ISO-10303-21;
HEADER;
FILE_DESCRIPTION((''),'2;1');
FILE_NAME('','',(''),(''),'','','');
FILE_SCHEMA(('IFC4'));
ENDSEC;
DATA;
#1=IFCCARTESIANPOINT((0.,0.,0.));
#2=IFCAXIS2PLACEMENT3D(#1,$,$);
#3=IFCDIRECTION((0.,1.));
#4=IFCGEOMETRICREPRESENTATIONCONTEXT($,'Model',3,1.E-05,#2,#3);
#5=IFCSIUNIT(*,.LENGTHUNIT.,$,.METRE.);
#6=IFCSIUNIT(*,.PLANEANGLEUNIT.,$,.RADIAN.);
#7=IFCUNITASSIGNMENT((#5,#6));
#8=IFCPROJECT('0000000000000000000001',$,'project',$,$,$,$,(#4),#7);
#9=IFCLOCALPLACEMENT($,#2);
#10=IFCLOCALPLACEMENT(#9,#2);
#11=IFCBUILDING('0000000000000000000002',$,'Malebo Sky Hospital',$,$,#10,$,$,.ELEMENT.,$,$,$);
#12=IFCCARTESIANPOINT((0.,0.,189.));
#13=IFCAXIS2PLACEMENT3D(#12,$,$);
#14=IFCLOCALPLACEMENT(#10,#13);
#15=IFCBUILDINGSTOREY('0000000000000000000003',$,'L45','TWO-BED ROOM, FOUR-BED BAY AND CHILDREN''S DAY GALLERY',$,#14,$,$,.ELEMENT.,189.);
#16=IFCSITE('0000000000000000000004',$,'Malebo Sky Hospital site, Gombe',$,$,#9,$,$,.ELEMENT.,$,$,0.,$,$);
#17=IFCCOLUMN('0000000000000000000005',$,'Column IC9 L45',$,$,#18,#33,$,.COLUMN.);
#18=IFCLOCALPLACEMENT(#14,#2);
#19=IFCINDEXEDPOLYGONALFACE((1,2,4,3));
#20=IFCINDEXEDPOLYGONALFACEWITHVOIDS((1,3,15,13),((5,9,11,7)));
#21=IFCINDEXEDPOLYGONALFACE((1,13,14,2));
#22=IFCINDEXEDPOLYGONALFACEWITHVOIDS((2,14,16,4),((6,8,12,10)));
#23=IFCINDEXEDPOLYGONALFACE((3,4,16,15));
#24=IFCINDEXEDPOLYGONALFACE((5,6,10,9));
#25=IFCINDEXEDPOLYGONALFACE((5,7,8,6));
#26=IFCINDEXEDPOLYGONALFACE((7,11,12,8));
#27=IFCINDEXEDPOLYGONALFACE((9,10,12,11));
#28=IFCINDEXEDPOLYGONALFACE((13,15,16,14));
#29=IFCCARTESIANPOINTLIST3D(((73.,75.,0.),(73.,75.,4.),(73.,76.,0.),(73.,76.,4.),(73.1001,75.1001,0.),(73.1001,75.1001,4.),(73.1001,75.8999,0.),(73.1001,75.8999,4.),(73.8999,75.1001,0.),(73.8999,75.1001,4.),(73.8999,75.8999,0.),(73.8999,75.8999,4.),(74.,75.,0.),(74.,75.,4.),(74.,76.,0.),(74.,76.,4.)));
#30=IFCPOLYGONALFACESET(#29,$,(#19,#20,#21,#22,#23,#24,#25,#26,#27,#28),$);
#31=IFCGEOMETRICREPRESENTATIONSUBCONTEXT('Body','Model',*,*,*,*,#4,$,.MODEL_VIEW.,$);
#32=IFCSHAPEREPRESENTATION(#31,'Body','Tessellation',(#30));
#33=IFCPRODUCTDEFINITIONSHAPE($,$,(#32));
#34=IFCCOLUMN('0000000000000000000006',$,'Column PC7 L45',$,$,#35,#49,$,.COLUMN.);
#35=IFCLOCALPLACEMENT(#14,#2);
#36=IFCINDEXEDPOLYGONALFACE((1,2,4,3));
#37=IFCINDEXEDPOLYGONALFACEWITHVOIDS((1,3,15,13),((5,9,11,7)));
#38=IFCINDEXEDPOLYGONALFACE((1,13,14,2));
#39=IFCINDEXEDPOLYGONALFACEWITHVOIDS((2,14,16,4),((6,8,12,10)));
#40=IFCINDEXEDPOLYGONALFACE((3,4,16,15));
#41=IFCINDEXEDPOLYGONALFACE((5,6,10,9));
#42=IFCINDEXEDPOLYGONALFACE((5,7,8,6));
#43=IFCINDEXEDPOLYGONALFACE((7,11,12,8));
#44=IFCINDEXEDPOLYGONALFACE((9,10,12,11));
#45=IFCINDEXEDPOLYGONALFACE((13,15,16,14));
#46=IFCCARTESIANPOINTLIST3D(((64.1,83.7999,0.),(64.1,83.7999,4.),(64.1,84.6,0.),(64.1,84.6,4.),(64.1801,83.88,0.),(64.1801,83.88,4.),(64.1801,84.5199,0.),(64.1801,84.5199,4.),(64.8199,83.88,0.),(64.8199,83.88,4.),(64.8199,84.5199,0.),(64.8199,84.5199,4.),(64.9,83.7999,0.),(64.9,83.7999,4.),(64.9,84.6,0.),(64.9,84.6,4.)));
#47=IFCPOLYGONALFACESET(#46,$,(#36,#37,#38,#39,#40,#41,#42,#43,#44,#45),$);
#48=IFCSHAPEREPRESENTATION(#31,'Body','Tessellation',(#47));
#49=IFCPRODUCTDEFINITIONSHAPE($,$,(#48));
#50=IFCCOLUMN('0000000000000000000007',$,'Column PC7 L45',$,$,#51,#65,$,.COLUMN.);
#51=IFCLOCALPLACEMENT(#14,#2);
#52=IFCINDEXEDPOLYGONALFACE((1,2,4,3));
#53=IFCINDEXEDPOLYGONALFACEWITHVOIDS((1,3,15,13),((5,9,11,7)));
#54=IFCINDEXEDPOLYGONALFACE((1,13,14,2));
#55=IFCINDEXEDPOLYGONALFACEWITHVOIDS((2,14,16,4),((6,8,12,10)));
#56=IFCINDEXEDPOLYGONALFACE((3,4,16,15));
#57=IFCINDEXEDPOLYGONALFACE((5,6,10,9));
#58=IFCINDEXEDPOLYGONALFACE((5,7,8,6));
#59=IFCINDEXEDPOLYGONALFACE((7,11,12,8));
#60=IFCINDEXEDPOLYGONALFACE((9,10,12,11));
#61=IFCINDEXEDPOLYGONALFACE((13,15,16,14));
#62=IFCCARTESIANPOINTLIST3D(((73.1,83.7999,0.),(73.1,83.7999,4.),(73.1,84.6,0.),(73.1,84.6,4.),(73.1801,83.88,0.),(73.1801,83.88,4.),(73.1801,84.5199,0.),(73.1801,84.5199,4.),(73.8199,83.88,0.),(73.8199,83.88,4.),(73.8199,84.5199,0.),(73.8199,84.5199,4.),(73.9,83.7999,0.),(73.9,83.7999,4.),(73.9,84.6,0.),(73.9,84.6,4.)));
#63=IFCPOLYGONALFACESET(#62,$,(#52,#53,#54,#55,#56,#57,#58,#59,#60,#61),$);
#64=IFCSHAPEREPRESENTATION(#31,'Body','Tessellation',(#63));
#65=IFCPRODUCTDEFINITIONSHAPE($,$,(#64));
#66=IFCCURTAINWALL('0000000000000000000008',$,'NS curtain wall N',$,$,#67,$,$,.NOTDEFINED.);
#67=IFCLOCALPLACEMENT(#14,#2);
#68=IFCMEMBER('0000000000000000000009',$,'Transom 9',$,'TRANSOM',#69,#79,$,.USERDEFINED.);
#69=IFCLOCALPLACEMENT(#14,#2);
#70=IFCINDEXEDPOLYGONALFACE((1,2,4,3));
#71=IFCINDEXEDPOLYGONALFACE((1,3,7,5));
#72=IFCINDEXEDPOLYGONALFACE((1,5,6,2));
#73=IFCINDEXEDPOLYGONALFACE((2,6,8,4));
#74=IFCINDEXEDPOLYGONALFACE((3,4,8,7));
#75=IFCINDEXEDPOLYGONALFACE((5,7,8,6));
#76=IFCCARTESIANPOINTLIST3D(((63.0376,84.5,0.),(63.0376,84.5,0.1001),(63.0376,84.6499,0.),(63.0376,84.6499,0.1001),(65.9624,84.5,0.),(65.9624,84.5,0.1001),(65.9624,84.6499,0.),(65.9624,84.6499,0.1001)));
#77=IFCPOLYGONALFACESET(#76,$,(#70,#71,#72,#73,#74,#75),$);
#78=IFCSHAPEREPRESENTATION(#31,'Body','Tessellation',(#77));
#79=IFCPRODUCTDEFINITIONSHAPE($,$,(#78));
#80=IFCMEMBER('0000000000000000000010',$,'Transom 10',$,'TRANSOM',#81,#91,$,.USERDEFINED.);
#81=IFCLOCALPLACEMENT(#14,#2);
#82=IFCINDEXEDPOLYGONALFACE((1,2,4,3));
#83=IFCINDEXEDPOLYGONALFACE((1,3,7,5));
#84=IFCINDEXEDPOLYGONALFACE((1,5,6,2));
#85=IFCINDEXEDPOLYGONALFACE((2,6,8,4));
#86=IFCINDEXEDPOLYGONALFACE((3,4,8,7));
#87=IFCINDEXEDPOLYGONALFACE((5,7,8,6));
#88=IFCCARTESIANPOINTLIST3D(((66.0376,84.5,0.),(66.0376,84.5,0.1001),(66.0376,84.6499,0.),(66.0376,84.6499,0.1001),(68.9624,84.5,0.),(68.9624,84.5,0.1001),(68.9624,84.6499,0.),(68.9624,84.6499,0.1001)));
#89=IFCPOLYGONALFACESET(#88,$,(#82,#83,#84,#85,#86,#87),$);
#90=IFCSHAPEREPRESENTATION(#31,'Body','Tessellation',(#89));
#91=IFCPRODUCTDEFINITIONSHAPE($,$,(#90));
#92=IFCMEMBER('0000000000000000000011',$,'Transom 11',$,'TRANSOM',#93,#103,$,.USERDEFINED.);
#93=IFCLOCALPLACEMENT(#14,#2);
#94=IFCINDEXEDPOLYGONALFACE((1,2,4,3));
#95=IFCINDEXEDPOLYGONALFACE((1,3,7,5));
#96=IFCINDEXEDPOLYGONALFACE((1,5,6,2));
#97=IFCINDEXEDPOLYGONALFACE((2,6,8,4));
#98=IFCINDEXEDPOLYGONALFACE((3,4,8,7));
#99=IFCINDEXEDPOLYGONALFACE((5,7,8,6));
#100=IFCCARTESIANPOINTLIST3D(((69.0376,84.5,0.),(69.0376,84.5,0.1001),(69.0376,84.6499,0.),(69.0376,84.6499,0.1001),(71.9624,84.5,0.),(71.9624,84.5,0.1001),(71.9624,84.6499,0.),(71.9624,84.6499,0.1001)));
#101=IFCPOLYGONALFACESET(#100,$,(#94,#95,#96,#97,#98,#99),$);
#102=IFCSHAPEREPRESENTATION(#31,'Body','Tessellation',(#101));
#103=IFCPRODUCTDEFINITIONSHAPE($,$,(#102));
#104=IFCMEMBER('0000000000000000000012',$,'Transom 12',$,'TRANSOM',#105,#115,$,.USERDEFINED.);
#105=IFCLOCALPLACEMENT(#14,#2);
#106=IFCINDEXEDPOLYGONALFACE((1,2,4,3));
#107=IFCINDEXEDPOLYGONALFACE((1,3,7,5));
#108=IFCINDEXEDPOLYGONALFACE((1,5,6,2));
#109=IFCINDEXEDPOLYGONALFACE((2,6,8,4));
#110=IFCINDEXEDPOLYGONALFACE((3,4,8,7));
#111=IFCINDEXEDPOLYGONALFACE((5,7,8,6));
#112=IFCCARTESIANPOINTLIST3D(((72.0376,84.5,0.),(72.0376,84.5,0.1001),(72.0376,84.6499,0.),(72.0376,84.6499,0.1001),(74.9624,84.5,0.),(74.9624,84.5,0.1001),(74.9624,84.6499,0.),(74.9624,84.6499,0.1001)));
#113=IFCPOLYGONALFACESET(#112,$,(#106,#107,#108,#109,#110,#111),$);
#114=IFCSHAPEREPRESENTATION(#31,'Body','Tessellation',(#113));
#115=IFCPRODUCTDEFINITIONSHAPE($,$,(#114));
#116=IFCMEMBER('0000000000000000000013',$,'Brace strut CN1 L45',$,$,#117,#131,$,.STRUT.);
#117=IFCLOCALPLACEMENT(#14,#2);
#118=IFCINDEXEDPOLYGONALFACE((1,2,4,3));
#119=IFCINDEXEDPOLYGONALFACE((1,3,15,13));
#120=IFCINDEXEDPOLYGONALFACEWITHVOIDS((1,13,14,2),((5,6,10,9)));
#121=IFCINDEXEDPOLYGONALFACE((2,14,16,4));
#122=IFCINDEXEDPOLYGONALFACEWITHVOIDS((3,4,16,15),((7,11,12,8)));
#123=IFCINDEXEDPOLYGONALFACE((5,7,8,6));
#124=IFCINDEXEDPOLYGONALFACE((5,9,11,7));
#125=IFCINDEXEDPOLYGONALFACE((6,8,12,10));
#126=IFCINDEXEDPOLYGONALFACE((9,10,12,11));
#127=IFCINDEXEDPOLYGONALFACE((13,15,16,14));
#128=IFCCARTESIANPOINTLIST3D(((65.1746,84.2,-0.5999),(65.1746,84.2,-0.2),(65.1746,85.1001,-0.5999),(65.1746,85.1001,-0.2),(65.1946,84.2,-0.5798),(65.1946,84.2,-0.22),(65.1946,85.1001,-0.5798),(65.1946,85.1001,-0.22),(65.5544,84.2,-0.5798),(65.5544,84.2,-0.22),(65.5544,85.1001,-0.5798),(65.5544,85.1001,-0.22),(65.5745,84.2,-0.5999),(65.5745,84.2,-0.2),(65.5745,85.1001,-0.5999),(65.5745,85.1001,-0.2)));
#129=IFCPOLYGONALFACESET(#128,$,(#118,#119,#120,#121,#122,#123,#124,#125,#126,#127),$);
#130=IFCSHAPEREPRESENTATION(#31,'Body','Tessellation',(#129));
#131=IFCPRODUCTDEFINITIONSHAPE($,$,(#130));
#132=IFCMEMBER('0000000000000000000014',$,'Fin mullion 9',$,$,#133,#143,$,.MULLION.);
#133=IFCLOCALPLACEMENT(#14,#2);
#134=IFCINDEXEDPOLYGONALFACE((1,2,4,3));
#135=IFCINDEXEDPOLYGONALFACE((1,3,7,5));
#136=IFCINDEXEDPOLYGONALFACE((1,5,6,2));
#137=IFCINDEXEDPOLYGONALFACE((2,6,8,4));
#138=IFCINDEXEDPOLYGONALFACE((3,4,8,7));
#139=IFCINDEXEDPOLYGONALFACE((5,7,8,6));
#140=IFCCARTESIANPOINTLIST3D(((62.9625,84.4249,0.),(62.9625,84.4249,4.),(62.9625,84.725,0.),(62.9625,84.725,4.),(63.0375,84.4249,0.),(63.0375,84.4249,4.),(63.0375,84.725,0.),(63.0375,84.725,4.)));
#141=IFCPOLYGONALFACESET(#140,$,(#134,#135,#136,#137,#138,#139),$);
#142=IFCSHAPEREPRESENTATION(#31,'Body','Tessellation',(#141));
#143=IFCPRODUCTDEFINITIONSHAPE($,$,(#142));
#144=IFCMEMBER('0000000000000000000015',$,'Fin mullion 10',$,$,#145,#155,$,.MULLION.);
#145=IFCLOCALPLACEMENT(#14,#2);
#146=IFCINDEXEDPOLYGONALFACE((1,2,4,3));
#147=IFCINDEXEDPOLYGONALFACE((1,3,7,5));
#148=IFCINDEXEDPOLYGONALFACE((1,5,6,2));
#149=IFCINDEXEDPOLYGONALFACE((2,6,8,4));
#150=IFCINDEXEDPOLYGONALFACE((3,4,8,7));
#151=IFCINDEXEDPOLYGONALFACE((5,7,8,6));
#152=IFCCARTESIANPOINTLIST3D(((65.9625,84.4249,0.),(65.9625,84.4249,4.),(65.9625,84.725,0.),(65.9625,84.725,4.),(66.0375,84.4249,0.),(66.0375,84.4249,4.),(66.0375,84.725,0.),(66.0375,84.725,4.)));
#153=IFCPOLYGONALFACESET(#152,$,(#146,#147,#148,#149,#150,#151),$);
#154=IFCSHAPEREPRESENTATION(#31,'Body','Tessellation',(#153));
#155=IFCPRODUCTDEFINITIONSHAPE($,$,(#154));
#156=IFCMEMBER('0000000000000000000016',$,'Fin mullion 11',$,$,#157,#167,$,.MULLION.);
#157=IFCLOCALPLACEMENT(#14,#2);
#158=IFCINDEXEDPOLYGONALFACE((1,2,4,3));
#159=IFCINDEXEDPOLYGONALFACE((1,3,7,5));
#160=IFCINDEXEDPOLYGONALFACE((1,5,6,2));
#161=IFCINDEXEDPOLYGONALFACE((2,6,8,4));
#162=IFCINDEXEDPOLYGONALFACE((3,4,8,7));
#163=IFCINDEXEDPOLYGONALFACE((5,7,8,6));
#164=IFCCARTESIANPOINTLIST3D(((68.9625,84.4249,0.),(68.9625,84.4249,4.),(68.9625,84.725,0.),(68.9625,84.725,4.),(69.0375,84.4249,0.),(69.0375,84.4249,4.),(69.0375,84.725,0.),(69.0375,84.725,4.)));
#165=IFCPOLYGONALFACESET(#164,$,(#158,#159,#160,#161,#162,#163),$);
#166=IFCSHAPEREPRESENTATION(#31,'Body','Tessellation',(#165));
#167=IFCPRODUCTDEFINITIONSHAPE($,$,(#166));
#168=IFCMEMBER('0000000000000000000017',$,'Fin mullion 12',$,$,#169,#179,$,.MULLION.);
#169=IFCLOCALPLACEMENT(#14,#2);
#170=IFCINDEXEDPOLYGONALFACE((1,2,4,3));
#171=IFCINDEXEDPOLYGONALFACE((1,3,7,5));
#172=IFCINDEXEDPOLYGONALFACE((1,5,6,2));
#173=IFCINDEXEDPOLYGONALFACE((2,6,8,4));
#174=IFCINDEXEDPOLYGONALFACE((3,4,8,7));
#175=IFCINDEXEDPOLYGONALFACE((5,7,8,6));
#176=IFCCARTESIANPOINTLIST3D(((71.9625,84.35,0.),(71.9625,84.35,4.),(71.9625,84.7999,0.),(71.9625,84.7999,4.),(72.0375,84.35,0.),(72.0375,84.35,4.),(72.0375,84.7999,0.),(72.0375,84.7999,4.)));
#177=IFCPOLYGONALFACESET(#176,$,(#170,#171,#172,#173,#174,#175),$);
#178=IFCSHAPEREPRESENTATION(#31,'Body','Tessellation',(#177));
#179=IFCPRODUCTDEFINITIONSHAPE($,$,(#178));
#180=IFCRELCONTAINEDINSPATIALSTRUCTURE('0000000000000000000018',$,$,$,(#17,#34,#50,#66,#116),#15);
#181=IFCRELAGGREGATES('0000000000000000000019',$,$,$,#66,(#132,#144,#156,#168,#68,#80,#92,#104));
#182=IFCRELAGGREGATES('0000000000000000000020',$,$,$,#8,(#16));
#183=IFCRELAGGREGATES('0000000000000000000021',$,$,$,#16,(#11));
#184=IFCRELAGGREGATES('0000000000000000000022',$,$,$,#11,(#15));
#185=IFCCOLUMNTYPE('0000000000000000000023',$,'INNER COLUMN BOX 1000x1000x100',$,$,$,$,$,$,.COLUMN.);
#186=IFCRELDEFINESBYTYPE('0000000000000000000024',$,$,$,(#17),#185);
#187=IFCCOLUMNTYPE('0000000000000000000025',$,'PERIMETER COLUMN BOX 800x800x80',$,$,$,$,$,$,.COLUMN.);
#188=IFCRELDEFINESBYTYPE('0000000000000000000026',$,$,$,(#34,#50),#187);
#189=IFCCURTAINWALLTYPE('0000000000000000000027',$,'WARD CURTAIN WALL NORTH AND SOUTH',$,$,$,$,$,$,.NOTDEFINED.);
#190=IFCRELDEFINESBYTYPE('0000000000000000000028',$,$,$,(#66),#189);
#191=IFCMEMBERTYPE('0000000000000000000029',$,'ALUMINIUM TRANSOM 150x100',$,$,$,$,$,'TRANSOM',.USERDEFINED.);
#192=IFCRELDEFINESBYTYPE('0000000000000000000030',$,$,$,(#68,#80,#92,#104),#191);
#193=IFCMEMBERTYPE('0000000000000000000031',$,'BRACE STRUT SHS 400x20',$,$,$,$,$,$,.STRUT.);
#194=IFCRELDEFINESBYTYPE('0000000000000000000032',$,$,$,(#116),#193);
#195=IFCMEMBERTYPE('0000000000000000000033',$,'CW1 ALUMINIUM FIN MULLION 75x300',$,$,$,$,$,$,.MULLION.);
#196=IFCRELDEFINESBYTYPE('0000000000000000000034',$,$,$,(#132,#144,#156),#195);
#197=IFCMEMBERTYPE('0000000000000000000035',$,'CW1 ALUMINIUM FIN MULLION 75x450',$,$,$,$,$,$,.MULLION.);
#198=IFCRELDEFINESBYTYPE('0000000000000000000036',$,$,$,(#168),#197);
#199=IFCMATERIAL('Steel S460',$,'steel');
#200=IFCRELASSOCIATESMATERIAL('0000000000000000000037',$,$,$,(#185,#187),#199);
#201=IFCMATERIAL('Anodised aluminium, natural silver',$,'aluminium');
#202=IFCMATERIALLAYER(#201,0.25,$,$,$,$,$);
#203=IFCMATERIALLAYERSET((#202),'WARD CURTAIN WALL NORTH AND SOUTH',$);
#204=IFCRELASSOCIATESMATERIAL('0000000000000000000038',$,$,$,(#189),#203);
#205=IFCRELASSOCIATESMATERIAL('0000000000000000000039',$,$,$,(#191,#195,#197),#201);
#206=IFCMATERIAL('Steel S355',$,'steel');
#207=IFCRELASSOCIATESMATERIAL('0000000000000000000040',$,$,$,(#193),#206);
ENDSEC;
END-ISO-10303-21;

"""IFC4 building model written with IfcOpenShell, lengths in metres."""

from ifc_helpers import new_model, si_unit, direction, frame, origin, origin_2d, place, context, subcontext, project, spatial, rectangle, hollow_rectangle, extrude, material, layer, layer_set, material_profile, profile_set, type_object, element, aggregate, save


model = new_model("IFC4")

# Units and contexts
model_context = context("Model", 3, precision=1e-05, world=origin(), true_north=direction((0.0, 1.0)))
body_context = subcontext(model_context, "Body", "Model", "MODEL_VIEW")
ifc_project = project(units=[si_unit("LENGTHUNIT", "METRE"), si_unit("PLANEANGLEUNIT", "RADIAN")], contexts=[model_context])

# Site, building, storey
site_placement = place(None, origin())
site = spatial("IfcSite", under=ifc_project, at=site_placement, Name="Malebo Sky Hospital site, Gombe", CompositionType="ELEMENT", RefElevation=0.0)
building_placement = place(site_placement, origin())
building = spatial("IfcBuilding", under=site, at=building_placement, Name="Malebo Sky Hospital", CompositionType="ELEMENT")
storey_placement = place(building_placement, frame((0.0, 0.0, 189.0)))
storey = spatial("IfcBuildingStorey", under=building, at=storey_placement, Name="L45", Description="TWO-BED ROOM, FOUR-BED BAY AND CHILDREN'S DAY GALLERY", CompositionType="ELEMENT", Elevation=189.0)

# Columns
ifc_material_1 = material(Name="Steel S460", Category="steel")
ifc_material_profile_1 = material_profile(ifc_material_1, hollow_rectangle(XDim=1.0, YDim=1.0, WallThickness=0.1001, at=origin_2d()), Name="BOX 1000x1000x100")
ifc_profile_set_1 = profile_set([ifc_material_profile_1], Name="Steel S460")
column_type_1 = type_object("IfcColumnType", Name="INNER COLUMN BOX 1000x1000x100", PredefinedType="COLUMN", material=ifc_profile_set_1)
column_placement = place(storey_placement, frame((73.5, 75.5, 0.0), z_axis=(0.0, 0.0, 1.0), x_axis=(1.0, 0.0, 0.0)))
element("IfcColumn", 1, at=column_placement, inside=storey, type_object=column_type_1, Name="Column IC9 L45", PredefinedType="COLUMN", context=body_context, shape_type="SweptSolid", body=[
    extrude(hollow_rectangle(XDim=1.0, YDim=1.0, WallThickness=0.1001, at=origin_2d()), origin(), (0.0, 0.0, 1.0), 4.0),
])
ifc_material_profile_2 = material_profile(ifc_material_1, hollow_rectangle(XDim=0.8, YDim=0.8, WallThickness=0.0801, at=origin_2d()), Name="BOX 800x800x80")
ifc_profile_set_2 = profile_set([ifc_material_profile_2], Name="Steel S460")
column_type_2 = type_object("IfcColumnType", Name="PERIMETER COLUMN BOX 800x800x80", PredefinedType="COLUMN", material=ifc_profile_set_2)
for number, where, z_axis, x_axis, name in (
    (2, (64.5, 84.2, 0.0), (0.0, 0.0, 1.0), (1.0, 0.0, 0.0), "Column PC7 L45"),
    (3, (73.5, 84.2, 0.0), (0.0, 0.0, 1.0), (1.0, 0.0, 0.0), "Column PC7 L45"),
):
    element("IfcColumn", number, at=place(storey_placement, frame(where, z_axis=z_axis, x_axis=x_axis)), inside=storey, type_object=column_type_2, Name=name, PredefinedType="COLUMN", context=body_context, shape_type="SweptSolid", body=[
        extrude(hollow_rectangle(XDim=0.8, YDim=0.8, WallThickness=0.0801, at=origin_2d()), origin(), (0.0, 0.0, 1.0), 4.0),
    ])

# Curtain wall, members
ifc_material_2 = material(Name="Anodised aluminium, natural silver", Category="aluminium")
ifc_layer_1 = layer(ifc_material_2, 0.25)
ifc_layer_set_1 = layer_set([ifc_layer_1], Name="WARD CURTAIN WALL NORTH AND SOUTH")
curtain_wall_type = type_object("IfcCurtainWallType", Name="WARD CURTAIN WALL NORTH AND SOUTH", PredefinedType="NOTDEFINED", material=ifc_layer_set_1)
curtain_wall_placement = place(storey_placement, origin())
curtain_wall = element("IfcCurtainWall", 4, at=curtain_wall_placement, inside=storey, type_object=curtain_wall_type, Name="NS curtain wall N", PredefinedType="NOTDEFINED")
ifc_material_profile_3 = material_profile(ifc_material_2, rectangle(XDim=0.1499, YDim=0.1001, at=origin_2d()), Name="ALUMINIUM TRANSOM 150x100")
ifc_profile_set_3 = profile_set([ifc_material_profile_3], Name="Anodised aluminium, natural silver")
member_type_1 = type_object("IfcMemberType", Name="ALUMINIUM TRANSOM 150x100", ElementType="TRANSOM", PredefinedType="USERDEFINED", material=ifc_profile_set_3)
member_1_placement = place(storey_placement, frame((63.0376, 84.575, 0.05), z_axis=(1.0, 0.0, 0.0), x_axis=(0.0, 1.0, 0.0)))
member_1 = element("IfcMember", 5, at=member_1_placement, type_object=member_type_1, Name="Transom 9", ObjectType="TRANSOM", PredefinedType="USERDEFINED", context=body_context, shape_type="SweptSolid", body=[
    extrude(rectangle(XDim=0.1499, YDim=0.1001, at=origin_2d()), origin(), (0.0, 0.0, 1.0), 2.9248),
])
member_2_placement = place(storey_placement, frame((66.0376, 84.575, 0.05), z_axis=(1.0, 0.0, 0.0), x_axis=(0.0, 1.0, 0.0)))
member_2 = element("IfcMember", 6, at=member_2_placement, type_object=member_type_1, Name="Transom 10", ObjectType="TRANSOM", PredefinedType="USERDEFINED", context=body_context, shape_type="SweptSolid", body=[
    extrude(rectangle(XDim=0.1499, YDim=0.1001, at=origin_2d()), origin(), (0.0, 0.0, 1.0), 2.9248),
])
member_3_placement = place(storey_placement, frame((69.0376, 84.575, 0.05), z_axis=(1.0, 0.0, 0.0), x_axis=(0.0, 1.0, 0.0)))
member_3 = element("IfcMember", 7, at=member_3_placement, type_object=member_type_1, Name="Transom 11", ObjectType="TRANSOM", PredefinedType="USERDEFINED", context=body_context, shape_type="SweptSolid", body=[
    extrude(rectangle(XDim=0.1499, YDim=0.1001, at=origin_2d()), origin(), (0.0, 0.0, 1.0), 2.9248),
])
member_4_placement = place(storey_placement, frame((72.0376, 84.575, 0.05), z_axis=(1.0, 0.0, 0.0), x_axis=(0.0, 1.0, 0.0)))
member_4 = element("IfcMember", 8, at=member_4_placement, type_object=member_type_1, Name="Transom 12", ObjectType="TRANSOM", PredefinedType="USERDEFINED", context=body_context, shape_type="SweptSolid", body=[
    extrude(rectangle(XDim=0.1499, YDim=0.1001, at=origin_2d()), origin(), (0.0, 0.0, 1.0), 2.9248),
])

# Members
ifc_material_3 = material(Name="Steel S355", Category="steel")
ifc_material_profile_4 = material_profile(ifc_material_3, hollow_rectangle(XDim=0.3999, YDim=0.3999, WallThickness=0.02, at=origin_2d()), Name="SHS 400x20")
ifc_profile_set_4 = profile_set([ifc_material_profile_4], Name="Steel S355")
member_type_2 = type_object("IfcMemberType", Name="BRACE STRUT SHS 400x20", PredefinedType="STRUT", material=ifc_profile_set_4)
member_5_placement = place(storey_placement, frame((65.3745, 85.1001, -0.3999), z_axis=(0.0, -1.0, 0.0), x_axis=(1.0, 0.0, 0.0)))
element("IfcMember", 9, at=member_5_placement, inside=storey, type_object=member_type_2, Name="Brace strut CN1 L45", PredefinedType="STRUT", context=body_context, shape_type="SweptSolid", body=[
    extrude(hollow_rectangle(XDim=0.3999, YDim=0.3999, WallThickness=0.02, at=origin_2d()), origin(), (0.0, 0.0, 1.0), 0.9001),
])
ifc_material_profile_5 = material_profile(ifc_material_2, rectangle(XDim=0.075, YDim=0.3, at=origin_2d()), Name="CW1 ALUMINIUM FIN MULLION 75x300")
ifc_profile_set_5 = profile_set([ifc_material_profile_5], Name="Anodised aluminium, natural silver")
member_type_3 = type_object("IfcMemberType", Name="CW1 ALUMINIUM FIN MULLION 75x300", PredefinedType="MULLION", material=ifc_profile_set_5)
member_6_placement = place(storey_placement, frame((63.0, 84.575, 0.0), z_axis=(0.0, 0.0, 1.0), x_axis=(1.0, 0.0, 0.0)))
member_6 = element("IfcMember", 10, at=member_6_placement, type_object=member_type_3, Name="Fin mullion 9", PredefinedType="MULLION", context=body_context, shape_type="SweptSolid", body=[
    extrude(rectangle(XDim=0.075, YDim=0.3, at=origin_2d()), origin(), (0.0, 0.0, 1.0), 4.0),
])
member_7_placement = place(storey_placement, frame((66.0, 84.575, 0.0), z_axis=(0.0, 0.0, 1.0), x_axis=(1.0, 0.0, 0.0)))
member_7 = element("IfcMember", 11, at=member_7_placement, type_object=member_type_3, Name="Fin mullion 10", PredefinedType="MULLION", context=body_context, shape_type="SweptSolid", body=[
    extrude(rectangle(XDim=0.075, YDim=0.3, at=origin_2d()), origin(), (0.0, 0.0, 1.0), 4.0),
])
member_8_placement = place(storey_placement, frame((69.0, 84.575, 0.0), z_axis=(0.0, 0.0, 1.0), x_axis=(1.0, 0.0, 0.0)))
member_8 = element("IfcMember", 12, at=member_8_placement, type_object=member_type_3, Name="Fin mullion 11", PredefinedType="MULLION", context=body_context, shape_type="SweptSolid", body=[
    extrude(rectangle(XDim=0.075, YDim=0.3, at=origin_2d()), origin(), (0.0, 0.0, 1.0), 4.0),
])
ifc_material_profile_6 = material_profile(ifc_material_2, rectangle(XDim=0.075, YDim=0.45, at=origin_2d()), Name="CW1 ALUMINIUM FIN MULLION 75x450")
ifc_profile_set_6 = profile_set([ifc_material_profile_6], Name="Anodised aluminium, natural silver")
member_type_4 = type_object("IfcMemberType", Name="CW1 ALUMINIUM FIN MULLION 75x450", PredefinedType="MULLION", material=ifc_profile_set_6)
member_9_placement = place(storey_placement, frame((72.0, 84.575, 0.0), z_axis=(0.0, 0.0, 1.0), x_axis=(1.0, 0.0, 0.0)))
member_9 = element("IfcMember", 13, at=member_9_placement, type_object=member_type_4, Name="Fin mullion 12", PredefinedType="MULLION", context=body_context, shape_type="SweptSolid", body=[
    extrude(rectangle(XDim=0.075, YDim=0.45, at=origin_2d()), origin(), (0.0, 0.0, 1.0), 4.0),
])

aggregate(curtain_wall, [member_6, member_7, member_8, member_9, member_1, member_2, member_3, member_4])

save(model, "model.ifc")
